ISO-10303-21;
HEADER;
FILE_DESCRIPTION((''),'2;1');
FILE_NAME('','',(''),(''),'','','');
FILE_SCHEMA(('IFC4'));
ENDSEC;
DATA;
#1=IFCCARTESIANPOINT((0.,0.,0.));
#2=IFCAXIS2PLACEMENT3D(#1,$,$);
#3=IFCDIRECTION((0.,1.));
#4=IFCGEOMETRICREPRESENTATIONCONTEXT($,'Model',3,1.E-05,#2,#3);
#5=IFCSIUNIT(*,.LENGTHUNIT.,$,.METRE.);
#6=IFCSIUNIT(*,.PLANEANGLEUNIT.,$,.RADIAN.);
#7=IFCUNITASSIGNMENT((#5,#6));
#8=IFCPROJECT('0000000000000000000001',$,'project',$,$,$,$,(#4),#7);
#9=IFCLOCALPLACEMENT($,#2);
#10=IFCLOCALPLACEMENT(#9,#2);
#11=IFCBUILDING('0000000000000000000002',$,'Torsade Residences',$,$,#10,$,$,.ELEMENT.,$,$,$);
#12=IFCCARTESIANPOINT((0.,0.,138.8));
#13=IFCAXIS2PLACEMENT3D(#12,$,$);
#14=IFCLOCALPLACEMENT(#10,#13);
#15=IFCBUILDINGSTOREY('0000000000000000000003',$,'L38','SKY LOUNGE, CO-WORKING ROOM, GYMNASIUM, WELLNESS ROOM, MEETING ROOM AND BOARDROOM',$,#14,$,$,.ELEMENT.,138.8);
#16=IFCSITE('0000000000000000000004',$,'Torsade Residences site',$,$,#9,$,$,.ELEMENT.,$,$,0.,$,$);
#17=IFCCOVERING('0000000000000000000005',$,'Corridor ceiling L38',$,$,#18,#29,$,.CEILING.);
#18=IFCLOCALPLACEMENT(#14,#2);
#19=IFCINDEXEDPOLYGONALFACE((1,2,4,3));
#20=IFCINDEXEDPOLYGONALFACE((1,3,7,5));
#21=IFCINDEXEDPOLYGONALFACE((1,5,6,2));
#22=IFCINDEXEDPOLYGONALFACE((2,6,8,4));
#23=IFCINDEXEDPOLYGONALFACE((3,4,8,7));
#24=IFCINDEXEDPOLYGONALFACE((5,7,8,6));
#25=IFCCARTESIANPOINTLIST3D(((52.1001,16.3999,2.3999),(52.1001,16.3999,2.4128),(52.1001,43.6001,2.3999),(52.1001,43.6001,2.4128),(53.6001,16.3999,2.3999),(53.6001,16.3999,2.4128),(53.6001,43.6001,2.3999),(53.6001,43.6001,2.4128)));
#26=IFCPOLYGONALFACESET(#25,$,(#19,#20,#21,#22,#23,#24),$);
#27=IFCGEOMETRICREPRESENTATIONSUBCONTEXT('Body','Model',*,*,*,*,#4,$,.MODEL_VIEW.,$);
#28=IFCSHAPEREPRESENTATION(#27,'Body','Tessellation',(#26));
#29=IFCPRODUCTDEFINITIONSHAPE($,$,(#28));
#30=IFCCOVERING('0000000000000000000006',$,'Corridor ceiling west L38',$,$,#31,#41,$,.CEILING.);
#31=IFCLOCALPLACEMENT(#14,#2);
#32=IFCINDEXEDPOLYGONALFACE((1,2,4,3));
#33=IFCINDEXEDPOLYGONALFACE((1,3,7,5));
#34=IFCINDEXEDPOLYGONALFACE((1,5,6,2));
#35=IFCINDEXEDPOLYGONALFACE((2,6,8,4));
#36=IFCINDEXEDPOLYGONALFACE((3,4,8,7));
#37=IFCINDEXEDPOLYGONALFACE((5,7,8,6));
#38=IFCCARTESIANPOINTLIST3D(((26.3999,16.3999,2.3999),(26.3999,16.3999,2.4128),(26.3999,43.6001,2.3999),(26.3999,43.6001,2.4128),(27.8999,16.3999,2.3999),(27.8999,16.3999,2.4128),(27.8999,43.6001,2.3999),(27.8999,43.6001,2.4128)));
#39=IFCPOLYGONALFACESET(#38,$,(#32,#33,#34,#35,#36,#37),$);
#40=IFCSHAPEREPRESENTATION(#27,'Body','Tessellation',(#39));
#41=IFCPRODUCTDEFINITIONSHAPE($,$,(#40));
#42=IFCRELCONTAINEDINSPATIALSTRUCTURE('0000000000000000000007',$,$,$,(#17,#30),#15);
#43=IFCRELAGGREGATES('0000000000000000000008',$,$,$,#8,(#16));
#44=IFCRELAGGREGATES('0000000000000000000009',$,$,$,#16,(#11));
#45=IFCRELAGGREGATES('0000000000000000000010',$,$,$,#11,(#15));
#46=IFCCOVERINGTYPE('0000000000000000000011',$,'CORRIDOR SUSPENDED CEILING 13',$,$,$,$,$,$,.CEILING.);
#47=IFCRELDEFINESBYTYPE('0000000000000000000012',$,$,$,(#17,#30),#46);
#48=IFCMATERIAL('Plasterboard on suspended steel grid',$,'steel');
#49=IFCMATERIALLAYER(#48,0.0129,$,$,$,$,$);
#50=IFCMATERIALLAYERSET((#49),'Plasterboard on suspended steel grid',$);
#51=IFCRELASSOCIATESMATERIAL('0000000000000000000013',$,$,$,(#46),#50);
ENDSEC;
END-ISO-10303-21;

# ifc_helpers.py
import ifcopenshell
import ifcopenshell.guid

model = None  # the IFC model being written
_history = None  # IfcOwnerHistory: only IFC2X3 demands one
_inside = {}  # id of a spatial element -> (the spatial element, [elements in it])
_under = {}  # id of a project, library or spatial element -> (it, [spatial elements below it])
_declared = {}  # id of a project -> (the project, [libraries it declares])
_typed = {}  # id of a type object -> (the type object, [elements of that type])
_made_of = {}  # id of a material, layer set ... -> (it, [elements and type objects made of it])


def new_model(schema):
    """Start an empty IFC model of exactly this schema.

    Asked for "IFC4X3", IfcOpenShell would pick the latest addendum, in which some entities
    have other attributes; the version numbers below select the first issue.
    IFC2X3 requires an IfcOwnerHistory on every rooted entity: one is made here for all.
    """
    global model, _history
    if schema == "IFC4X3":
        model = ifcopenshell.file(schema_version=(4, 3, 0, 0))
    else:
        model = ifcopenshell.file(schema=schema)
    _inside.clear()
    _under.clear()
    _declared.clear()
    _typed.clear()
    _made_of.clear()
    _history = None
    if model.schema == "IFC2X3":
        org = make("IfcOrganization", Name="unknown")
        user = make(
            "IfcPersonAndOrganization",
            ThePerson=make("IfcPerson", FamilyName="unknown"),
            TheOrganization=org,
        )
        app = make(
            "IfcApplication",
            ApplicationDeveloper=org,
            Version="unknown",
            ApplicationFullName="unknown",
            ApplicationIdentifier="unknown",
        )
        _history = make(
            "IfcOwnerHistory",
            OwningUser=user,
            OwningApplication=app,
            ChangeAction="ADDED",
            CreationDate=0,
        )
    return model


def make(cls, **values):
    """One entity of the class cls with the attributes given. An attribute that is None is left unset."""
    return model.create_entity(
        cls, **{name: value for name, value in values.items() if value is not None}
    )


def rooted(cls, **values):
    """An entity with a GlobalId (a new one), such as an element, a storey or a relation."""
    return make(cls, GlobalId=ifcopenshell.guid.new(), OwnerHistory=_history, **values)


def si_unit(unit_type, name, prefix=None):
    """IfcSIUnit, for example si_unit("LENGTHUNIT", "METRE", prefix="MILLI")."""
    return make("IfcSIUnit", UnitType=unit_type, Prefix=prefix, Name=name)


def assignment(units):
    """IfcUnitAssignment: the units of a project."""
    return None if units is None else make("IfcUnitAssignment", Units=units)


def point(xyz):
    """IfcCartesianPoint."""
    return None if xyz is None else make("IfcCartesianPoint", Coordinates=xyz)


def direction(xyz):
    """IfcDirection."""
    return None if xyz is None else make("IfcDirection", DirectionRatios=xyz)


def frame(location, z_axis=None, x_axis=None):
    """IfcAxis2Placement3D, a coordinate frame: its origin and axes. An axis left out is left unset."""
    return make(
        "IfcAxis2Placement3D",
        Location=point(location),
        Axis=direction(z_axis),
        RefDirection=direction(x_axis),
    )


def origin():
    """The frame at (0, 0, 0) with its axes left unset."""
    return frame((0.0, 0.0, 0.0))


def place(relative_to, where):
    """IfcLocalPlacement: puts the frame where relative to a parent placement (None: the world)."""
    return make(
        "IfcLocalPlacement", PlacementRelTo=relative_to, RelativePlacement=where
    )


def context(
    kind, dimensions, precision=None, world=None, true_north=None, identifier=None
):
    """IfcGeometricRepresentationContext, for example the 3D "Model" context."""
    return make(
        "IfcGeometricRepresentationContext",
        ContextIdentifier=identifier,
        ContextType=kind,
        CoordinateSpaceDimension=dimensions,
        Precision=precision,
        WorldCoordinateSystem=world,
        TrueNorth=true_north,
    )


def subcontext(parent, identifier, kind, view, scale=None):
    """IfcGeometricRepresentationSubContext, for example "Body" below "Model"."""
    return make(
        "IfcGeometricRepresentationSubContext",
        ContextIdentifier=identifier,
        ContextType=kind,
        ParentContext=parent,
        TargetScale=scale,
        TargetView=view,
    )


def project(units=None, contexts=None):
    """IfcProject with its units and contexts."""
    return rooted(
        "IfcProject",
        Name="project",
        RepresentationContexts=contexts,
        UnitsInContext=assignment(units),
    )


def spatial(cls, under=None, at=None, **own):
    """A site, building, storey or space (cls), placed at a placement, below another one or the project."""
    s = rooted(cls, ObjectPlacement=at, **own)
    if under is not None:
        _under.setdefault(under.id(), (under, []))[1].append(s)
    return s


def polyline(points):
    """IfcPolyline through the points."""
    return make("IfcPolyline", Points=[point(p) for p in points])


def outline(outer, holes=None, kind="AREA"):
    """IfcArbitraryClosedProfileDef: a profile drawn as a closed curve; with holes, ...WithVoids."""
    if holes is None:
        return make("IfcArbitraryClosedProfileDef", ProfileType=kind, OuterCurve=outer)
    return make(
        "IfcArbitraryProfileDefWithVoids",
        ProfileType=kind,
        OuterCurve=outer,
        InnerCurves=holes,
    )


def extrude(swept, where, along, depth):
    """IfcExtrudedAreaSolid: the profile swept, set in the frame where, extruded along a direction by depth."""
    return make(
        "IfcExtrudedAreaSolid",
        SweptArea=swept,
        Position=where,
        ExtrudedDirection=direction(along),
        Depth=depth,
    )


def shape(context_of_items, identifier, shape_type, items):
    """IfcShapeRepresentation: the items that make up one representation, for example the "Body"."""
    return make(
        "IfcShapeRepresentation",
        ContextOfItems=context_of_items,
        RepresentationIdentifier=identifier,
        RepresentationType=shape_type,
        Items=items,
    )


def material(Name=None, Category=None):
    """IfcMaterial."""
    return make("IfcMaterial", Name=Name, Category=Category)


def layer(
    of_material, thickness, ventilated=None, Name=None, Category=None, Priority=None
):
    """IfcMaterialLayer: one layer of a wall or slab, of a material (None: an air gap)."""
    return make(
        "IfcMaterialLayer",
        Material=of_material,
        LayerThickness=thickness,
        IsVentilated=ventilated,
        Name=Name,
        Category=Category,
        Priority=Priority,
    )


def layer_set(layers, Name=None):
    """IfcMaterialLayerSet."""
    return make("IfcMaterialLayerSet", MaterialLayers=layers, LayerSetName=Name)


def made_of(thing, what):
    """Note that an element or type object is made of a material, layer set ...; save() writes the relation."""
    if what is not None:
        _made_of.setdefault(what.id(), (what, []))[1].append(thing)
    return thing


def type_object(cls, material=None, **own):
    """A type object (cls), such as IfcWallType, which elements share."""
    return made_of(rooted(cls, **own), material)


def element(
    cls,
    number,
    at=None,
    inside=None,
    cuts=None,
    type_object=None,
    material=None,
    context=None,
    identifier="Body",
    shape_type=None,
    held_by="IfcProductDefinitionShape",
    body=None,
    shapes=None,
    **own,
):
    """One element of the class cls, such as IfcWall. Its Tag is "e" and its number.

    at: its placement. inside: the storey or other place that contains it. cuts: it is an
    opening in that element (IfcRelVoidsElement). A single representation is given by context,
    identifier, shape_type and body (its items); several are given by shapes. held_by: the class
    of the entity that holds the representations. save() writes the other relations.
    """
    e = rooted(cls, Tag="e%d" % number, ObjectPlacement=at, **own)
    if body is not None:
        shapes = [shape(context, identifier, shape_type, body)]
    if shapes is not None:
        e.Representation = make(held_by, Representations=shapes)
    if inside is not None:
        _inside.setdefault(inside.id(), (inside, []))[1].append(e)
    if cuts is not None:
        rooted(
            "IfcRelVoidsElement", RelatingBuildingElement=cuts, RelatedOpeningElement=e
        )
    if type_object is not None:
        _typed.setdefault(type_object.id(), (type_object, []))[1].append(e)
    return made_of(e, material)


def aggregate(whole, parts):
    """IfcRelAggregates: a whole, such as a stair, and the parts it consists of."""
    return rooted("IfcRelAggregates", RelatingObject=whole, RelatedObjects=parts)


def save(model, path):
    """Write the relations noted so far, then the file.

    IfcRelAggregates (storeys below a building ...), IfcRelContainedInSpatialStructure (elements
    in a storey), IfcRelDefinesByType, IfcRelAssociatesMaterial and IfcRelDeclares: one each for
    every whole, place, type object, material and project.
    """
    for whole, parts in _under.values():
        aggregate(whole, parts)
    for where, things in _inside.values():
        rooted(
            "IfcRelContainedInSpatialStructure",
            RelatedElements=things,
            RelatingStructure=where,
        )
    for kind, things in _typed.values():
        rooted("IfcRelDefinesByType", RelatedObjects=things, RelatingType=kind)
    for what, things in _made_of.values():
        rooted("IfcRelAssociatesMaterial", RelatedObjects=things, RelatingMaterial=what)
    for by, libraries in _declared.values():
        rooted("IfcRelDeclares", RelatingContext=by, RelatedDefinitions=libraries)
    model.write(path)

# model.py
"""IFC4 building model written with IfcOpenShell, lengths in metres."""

from ifc_helpers import new_model, si_unit, direction, frame, origin, place, context, subcontext, project, spatial, polyline, outline, extrude, material, layer, layer_set, type_object, element, save


model = new_model("IFC4")

# Units and contexts
model_context = context("Model", 3, precision=1e-05, world=origin(), true_north=direction((0.0, 1.0)))
body_context = subcontext(model_context, "Body", "Model", "MODEL_VIEW")
ifc_project = project(units=[si_unit("LENGTHUNIT", "METRE"), si_unit("PLANEANGLEUNIT", "RADIAN")], contexts=[model_context])

# Site, building, storey
site_placement = place(None, origin())
site = spatial("IfcSite", under=ifc_project, at=site_placement, Name="Torsade Residences site", CompositionType="ELEMENT", RefElevation=0.0)
building_placement = place(site_placement, origin())
building = spatial("IfcBuilding", under=site, at=building_placement, Name="Torsade Residences", CompositionType="ELEMENT")
storey_placement = place(building_placement, frame((0.0, 0.0, 138.8)))
storey = spatial("IfcBuildingStorey", under=building, at=storey_placement, Name="L38", Description="SKY LOUNGE, CO-WORKING ROOM, GYMNASIUM, WELLNESS ROOM, MEETING ROOM AND BOARDROOM", CompositionType="ELEMENT", Elevation=138.8)

# Coverings
ifc_material_1 = material(Name="Plasterboard on suspended steel grid", Category="steel")
ifc_layer_1 = layer(ifc_material_1, 0.0129)
ifc_layer_set_1 = layer_set([ifc_layer_1], Name="Plasterboard on suspended steel grid")
covering_type_1 = type_object("IfcCoveringType", Name="CORRIDOR SUSPENDED CEILING 13", PredefinedType="CEILING", material=ifc_layer_set_1)
covering_1_placement = place(storey_placement, frame((0.0, 0.0, 2.3999)))
element("IfcCovering", 1, at=covering_1_placement, inside=storey, type_object=covering_type_1, Name="Corridor ceiling L38", PredefinedType="CEILING", context=body_context, shape_type="SweptSolid", body=[
    extrude(outline(polyline([(53.6001, 16.3999), (53.6001, 43.6001), (52.1001, 43.6001), (52.1001, 16.3999), (53.6001, 16.3999)])), origin(), (0.0, 0.0, 1.0), 0.0129),
])
covering_2_placement = place(storey_placement, frame((0.0, 0.0, 2.3999)))
element("IfcCovering", 2, at=covering_2_placement, inside=storey, type_object=covering_type_1, Name="Corridor ceiling west L38", PredefinedType="CEILING", context=body_context, shape_type="SweptSolid", body=[
    extrude(outline(polyline([(27.8999, 16.3999), (27.8999, 43.6001), (26.3999, 43.6001), (26.3999, 16.3999), (27.8999, 16.3999)])), origin(), (0.0, 0.0, 1.0), 0.0129),
])

save(model, "model.ifc")
